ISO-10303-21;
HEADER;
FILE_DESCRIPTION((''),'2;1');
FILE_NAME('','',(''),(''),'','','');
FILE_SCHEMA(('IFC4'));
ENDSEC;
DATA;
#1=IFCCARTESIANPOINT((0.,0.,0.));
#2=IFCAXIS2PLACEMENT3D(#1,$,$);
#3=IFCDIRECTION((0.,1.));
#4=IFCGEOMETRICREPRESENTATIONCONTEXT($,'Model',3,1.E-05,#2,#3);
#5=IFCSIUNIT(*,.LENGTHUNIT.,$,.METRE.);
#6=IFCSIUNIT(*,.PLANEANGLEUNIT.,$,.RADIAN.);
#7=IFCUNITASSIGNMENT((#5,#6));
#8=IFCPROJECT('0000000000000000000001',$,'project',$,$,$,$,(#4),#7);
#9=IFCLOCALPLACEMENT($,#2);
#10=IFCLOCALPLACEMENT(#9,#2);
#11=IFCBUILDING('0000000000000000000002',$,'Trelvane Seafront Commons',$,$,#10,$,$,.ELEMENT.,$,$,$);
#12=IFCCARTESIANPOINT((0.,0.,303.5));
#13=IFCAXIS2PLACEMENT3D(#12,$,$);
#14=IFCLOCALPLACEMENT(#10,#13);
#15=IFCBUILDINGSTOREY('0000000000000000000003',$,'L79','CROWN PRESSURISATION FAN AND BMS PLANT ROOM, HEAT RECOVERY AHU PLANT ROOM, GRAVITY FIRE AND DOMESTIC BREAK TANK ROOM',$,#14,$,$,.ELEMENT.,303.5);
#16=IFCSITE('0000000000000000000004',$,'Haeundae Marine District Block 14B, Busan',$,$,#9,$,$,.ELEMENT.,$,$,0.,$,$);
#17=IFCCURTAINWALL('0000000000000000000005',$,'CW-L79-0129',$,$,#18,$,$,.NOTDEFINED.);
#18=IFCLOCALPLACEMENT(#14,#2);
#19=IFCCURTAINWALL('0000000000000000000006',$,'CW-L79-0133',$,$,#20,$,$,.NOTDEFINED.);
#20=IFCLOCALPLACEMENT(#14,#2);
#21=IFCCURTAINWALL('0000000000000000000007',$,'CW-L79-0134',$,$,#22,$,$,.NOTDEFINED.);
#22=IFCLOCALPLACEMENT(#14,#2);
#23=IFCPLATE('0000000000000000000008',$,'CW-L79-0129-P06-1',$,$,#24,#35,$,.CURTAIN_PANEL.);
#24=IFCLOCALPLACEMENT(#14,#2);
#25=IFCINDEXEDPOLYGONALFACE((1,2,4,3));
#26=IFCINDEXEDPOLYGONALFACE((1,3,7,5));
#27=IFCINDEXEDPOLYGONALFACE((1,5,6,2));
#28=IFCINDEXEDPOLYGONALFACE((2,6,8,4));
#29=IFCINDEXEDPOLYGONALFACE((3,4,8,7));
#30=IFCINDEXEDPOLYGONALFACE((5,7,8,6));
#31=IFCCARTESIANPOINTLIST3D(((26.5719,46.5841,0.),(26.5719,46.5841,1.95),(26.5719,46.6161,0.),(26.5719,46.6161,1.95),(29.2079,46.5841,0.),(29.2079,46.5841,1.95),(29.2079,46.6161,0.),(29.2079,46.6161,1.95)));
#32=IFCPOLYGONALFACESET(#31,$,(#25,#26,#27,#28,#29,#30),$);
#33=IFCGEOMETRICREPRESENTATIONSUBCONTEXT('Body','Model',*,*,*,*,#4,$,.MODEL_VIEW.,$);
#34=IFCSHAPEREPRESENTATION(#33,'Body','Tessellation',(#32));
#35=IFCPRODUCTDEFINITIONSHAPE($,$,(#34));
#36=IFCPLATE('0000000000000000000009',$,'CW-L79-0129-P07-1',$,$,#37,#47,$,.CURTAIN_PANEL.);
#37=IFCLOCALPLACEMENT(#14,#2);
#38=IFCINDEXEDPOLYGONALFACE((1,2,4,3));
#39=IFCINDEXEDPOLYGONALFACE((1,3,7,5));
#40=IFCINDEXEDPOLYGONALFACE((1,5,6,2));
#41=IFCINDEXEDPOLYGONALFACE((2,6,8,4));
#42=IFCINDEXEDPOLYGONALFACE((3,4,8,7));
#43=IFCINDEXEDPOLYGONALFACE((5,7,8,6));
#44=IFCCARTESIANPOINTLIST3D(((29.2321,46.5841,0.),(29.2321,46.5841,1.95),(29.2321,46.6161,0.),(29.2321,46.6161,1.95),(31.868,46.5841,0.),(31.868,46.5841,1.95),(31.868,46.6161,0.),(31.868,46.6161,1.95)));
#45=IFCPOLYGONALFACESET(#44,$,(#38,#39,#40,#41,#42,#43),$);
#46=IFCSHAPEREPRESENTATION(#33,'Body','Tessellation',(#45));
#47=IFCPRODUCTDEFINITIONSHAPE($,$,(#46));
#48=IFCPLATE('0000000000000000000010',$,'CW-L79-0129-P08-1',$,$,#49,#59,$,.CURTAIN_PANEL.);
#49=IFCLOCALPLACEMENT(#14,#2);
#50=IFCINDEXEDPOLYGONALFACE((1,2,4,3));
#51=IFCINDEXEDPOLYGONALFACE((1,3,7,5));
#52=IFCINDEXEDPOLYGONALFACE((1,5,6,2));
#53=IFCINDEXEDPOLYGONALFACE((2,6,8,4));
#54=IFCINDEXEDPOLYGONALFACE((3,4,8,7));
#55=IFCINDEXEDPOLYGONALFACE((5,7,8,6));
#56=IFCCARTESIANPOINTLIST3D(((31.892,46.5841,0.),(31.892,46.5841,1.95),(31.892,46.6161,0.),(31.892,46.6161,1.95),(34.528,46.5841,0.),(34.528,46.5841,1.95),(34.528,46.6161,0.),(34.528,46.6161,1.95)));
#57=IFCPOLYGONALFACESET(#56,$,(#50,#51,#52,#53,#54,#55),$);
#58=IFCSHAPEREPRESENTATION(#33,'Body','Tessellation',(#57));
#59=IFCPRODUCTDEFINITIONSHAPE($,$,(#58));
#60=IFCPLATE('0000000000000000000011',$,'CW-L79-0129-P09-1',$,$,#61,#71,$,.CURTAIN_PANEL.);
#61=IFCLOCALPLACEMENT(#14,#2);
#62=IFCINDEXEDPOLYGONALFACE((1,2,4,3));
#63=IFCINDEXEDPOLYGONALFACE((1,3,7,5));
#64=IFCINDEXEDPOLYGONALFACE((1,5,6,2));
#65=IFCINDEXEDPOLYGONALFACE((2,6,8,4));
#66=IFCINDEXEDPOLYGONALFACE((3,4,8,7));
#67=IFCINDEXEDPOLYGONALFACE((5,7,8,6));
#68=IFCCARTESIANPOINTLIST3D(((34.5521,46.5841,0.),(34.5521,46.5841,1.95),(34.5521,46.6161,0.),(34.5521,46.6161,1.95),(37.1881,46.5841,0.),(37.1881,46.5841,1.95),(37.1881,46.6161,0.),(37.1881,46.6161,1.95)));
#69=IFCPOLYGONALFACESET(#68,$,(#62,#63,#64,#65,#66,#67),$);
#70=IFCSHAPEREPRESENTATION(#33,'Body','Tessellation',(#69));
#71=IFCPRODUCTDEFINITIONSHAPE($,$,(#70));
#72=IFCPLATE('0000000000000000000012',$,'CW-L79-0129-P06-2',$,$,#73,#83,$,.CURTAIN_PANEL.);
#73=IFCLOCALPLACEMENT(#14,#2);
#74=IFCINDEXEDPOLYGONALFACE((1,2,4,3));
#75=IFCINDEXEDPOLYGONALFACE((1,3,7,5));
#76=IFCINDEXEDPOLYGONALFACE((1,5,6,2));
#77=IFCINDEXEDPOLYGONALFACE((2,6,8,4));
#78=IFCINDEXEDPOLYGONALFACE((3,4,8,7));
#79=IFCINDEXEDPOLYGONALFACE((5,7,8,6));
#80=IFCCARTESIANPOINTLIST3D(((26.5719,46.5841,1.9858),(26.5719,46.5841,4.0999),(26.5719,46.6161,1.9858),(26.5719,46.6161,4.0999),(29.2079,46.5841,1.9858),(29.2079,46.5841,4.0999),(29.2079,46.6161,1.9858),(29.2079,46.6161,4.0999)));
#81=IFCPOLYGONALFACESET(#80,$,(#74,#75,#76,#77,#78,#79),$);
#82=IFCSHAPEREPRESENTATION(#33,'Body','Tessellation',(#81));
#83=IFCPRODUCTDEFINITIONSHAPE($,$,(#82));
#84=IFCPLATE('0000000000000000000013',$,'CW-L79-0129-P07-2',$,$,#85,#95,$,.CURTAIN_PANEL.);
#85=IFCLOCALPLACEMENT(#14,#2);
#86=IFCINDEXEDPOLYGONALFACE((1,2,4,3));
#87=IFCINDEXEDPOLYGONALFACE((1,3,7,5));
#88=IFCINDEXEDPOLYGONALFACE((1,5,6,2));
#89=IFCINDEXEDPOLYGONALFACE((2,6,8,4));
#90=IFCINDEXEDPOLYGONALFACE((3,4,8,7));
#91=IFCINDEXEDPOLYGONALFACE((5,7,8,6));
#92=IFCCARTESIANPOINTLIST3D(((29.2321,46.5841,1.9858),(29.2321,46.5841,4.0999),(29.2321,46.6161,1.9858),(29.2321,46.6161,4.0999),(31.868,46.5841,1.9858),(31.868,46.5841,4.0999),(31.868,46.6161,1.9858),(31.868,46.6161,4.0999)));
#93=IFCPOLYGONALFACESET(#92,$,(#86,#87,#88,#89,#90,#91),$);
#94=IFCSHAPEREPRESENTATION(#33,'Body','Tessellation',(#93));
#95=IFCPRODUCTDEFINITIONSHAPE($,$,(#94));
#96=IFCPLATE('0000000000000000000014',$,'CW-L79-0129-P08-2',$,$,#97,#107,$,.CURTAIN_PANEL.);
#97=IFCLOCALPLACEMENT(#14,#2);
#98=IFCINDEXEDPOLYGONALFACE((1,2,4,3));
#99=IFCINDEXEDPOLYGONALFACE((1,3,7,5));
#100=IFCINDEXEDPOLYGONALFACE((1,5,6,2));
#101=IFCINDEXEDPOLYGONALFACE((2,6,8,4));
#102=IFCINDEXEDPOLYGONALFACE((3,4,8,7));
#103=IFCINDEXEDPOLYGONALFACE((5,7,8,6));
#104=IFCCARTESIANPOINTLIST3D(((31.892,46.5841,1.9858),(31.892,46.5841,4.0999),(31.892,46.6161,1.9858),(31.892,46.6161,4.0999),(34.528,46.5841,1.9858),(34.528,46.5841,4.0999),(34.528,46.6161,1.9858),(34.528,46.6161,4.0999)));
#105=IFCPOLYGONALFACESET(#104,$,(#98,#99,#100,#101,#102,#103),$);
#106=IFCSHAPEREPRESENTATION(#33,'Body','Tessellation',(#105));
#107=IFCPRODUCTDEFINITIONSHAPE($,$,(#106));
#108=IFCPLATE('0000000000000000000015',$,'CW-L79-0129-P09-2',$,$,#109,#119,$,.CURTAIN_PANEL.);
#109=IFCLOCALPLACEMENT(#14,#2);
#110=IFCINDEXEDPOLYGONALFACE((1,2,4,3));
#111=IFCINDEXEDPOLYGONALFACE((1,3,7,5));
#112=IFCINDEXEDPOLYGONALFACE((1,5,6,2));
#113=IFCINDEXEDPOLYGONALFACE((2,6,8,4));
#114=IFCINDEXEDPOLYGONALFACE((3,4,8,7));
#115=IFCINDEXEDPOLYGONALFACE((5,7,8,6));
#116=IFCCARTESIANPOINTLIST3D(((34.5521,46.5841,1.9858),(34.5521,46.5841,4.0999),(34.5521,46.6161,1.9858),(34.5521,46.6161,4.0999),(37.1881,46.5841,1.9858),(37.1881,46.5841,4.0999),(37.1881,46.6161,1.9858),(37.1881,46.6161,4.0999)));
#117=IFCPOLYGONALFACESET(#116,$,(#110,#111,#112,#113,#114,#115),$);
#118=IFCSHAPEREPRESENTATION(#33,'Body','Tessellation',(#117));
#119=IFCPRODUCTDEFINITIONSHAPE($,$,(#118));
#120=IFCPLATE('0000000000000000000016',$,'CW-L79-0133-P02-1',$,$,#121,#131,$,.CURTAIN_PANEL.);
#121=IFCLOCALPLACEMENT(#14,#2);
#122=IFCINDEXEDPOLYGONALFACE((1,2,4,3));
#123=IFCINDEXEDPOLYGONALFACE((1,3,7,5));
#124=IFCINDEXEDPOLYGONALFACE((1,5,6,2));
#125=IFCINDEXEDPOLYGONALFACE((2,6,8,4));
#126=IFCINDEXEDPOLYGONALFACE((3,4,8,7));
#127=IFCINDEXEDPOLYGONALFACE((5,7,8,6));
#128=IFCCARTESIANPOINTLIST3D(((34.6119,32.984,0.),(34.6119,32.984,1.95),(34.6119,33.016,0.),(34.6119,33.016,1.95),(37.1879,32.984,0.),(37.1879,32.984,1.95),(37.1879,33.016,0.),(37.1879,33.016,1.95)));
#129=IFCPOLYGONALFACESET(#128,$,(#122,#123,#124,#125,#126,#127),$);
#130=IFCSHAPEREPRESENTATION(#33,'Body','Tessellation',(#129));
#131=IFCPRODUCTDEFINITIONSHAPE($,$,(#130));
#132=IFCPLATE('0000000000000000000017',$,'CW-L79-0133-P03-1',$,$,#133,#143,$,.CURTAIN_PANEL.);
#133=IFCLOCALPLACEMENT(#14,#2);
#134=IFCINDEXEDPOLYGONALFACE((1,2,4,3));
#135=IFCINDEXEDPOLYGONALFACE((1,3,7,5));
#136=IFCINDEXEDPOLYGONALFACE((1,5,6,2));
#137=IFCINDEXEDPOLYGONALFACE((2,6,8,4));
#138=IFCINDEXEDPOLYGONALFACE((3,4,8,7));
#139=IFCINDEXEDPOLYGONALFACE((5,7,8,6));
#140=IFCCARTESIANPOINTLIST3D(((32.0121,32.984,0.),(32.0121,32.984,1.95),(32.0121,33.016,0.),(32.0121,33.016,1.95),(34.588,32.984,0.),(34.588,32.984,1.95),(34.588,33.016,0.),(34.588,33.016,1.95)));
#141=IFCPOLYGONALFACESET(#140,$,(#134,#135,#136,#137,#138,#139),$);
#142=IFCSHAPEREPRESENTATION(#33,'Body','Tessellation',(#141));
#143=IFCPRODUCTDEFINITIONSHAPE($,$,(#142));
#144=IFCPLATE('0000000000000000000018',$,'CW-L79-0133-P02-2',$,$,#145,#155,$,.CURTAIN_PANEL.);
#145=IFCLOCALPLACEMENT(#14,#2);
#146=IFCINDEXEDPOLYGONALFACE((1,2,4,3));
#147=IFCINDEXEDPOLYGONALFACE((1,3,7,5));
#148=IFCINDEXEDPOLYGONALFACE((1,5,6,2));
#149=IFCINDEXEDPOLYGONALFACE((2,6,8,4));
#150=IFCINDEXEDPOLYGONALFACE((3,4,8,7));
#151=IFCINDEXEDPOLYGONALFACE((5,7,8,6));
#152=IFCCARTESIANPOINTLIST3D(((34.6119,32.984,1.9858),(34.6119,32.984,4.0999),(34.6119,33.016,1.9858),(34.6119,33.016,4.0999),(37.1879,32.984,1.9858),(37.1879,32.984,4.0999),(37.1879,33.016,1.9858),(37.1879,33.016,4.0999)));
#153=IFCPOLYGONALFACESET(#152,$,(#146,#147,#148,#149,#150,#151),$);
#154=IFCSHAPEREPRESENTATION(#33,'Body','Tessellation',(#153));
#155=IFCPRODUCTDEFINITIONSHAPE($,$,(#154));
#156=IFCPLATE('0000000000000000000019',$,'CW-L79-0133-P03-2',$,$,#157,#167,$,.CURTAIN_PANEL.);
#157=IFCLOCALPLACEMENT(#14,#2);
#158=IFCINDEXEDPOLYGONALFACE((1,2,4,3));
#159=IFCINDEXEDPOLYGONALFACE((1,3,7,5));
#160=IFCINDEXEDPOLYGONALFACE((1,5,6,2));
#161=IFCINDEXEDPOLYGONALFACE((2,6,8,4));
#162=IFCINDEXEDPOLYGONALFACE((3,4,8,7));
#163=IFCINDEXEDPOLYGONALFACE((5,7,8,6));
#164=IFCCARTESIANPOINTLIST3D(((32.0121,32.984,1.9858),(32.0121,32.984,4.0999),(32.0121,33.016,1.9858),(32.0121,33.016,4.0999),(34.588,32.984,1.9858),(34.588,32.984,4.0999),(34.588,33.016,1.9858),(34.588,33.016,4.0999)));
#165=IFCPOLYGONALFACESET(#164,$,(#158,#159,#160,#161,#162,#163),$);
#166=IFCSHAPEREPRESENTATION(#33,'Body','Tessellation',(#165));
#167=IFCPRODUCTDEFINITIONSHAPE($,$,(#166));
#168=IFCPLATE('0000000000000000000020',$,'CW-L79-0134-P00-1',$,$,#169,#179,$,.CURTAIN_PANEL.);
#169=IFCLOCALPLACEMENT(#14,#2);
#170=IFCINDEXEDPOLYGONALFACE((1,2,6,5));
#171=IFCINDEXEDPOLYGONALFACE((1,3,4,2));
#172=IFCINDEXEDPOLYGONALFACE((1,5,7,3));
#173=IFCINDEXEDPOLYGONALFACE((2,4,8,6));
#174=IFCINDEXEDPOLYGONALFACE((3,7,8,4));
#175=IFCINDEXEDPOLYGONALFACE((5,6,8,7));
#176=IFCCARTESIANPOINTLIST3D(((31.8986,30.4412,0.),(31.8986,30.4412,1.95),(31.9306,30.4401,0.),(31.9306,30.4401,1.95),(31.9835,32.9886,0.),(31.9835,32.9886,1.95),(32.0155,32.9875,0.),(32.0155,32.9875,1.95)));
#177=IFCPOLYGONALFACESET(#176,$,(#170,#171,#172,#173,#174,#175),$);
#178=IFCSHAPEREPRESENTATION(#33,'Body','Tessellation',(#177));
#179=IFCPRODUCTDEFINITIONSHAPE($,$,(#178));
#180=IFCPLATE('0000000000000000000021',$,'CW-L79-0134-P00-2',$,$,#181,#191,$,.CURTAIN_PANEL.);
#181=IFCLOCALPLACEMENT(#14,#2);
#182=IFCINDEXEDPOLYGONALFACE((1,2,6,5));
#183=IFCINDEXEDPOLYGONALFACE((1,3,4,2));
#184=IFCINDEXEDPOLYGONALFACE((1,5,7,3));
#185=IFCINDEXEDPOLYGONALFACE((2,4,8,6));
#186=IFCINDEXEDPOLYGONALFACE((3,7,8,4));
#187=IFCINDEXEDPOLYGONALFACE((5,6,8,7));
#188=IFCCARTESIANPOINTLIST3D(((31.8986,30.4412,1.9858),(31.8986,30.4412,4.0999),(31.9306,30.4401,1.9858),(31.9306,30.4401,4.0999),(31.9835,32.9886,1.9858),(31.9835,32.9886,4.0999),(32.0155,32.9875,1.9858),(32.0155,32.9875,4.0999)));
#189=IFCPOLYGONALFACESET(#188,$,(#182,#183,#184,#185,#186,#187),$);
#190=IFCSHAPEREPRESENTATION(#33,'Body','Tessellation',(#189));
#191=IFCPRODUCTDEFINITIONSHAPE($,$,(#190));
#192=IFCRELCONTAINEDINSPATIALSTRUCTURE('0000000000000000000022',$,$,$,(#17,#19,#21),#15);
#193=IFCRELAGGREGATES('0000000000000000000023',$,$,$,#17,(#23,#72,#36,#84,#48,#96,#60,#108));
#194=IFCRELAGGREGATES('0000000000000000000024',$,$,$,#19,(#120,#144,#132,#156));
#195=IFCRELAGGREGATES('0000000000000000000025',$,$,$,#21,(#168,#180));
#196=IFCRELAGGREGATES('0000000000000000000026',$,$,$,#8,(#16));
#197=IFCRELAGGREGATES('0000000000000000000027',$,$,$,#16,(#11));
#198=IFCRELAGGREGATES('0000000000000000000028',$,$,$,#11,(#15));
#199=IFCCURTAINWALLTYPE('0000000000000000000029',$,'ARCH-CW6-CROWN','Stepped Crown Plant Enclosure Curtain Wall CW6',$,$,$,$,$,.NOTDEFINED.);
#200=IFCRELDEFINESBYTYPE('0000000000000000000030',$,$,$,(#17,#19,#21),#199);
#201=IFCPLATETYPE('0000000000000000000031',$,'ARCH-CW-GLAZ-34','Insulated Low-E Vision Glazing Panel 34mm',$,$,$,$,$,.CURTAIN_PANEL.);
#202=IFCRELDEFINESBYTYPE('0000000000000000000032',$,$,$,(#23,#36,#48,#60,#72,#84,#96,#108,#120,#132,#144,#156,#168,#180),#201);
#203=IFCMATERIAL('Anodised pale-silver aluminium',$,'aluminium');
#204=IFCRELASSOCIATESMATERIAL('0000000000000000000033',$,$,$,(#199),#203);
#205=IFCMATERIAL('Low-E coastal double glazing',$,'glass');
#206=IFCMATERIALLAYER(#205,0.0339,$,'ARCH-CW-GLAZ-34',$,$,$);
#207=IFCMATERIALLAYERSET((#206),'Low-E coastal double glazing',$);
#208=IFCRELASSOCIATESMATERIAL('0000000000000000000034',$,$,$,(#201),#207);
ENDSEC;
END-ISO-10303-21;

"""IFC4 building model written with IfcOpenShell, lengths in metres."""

from ifc_helpers import new_model, si_unit, direction, frame, origin, origin_2d, place, context, subcontext, project, spatial, rectangle, extrude, source, transform, mapped, material, layer, layer_set, type_object, element, aggregate, save


model = new_model("IFC4")

# Units and contexts
model_context = context("Model", 3, precision=1e-05, world=origin(), true_north=direction((0.0, 1.0)))
body_context = subcontext(model_context, "Body", "Model", "MODEL_VIEW")
ifc_project = project(units=[si_unit("LENGTHUNIT", "METRE"), si_unit("PLANEANGLEUNIT", "RADIAN")], contexts=[model_context])

# Site, building, storey
site_placement = place(None, origin())
site = spatial("IfcSite", under=ifc_project, at=site_placement, Name="Haeundae Marine District Block 14B, Busan", CompositionType="ELEMENT", RefElevation=0.0)
building_placement = place(site_placement, origin())
building = spatial("IfcBuilding", under=site, at=building_placement, Name="Trelvane Seafront Commons", CompositionType="ELEMENT")
storey_placement = place(building_placement, frame((0.0, 0.0, 303.5)))
storey = spatial("IfcBuildingStorey", under=building, at=storey_placement, Name="L79", Description="CROWN PRESSURISATION FAN AND BMS PLANT ROOM, HEAT RECOVERY AHU PLANT ROOM, GRAVITY FIRE AND DOMESTIC BREAK TANK ROOM", CompositionType="ELEMENT", Elevation=303.5)

# Curtain walls
ifc_material_1 = material(Name="Anodised pale-silver aluminium", Category="aluminium")
curtain_wall_type = type_object("IfcCurtainWallType", Name="ARCH-CW6-CROWN", Description="Stepped Crown Plant Enclosure Curtain Wall CW6", PredefinedType="NOTDEFINED", material=ifc_material_1)
curtain_wall_1_placement = place(storey_placement, origin())
curtain_wall_1 = element("IfcCurtainWall", 1, at=curtain_wall_1_placement, inside=storey, type_object=curtain_wall_type, Name="CW-L79-0129", PredefinedType="NOTDEFINED")
curtain_wall_2_placement = place(storey_placement, origin())
curtain_wall_2 = element("IfcCurtainWall", 2, at=curtain_wall_2_placement, inside=storey, type_object=curtain_wall_type, Name="CW-L79-0133", PredefinedType="NOTDEFINED")
curtain_wall_3_placement = place(storey_placement, origin())
curtain_wall_3 = element("IfcCurtainWall", 3, at=curtain_wall_3_placement, inside=storey, type_object=curtain_wall_type, Name="CW-L79-0134", PredefinedType="NOTDEFINED")

# Plates
ifc_material_2 = material(Name="Low-E coastal double glazing", Category="glass")
ifc_layer_1 = layer(ifc_material_2, 0.0339, Name="ARCH-CW-GLAZ-34")
ifc_layer_set_1 = layer_set([ifc_layer_1], Name="Low-E coastal double glazing")
plate_type_1 = type_object("IfcPlateType", Name="ARCH-CW-GLAZ-34", Description="Insulated Low-E Vision Glazing Panel 34mm", PredefinedType="CURTAIN_PANEL", material=ifc_layer_set_1)
shared_shape_1 = source(origin(), body_context, "Body", "SweptSolid", [
    extrude(rectangle(XDim=2.636, YDim=0.032, at=origin_2d()), origin(), (0.0, 0.0, 1.0), 1.95),
])
plate_1_placement = place(storey_placement, frame((27.8899, 46.6001, 0.0), z_axis=(0.0, 0.0, 1.0), x_axis=(1.0, 0.0, 0.0)))
plate_1 = element("IfcPlate", 4, at=plate_1_placement, type_object=plate_type_1, Name="CW-L79-0129-P06-1", PredefinedType="CURTAIN_PANEL", context=body_context, shape_type="MappedRepresentation", body=[
    mapped(shared_shape_1, transform((0.0, 0.0, 0.0), x_axis=(1.0, 0.0, 0.0), y_axis=(0.0, 1.0, 0.0), z_axis=(0.0, 0.0, 1.0), scale=1.0)),
])
plate_2_placement = place(storey_placement, frame((30.55, 46.6001, 0.0), z_axis=(0.0, 0.0, 1.0), x_axis=(1.0, 0.0, 0.0)))
plate_2 = element("IfcPlate", 5, at=plate_2_placement, type_object=plate_type_1, Name="CW-L79-0129-P07-1", PredefinedType="CURTAIN_PANEL", context=body_context, shape_type="MappedRepresentation", body=[
    mapped(shared_shape_1, transform((0.0, 0.0, 0.0), x_axis=(1.0, 0.0, 0.0), y_axis=(0.0, 1.0, 0.0), z_axis=(0.0, 0.0, 1.0), scale=1.0)),
])
plate_3_placement = place(storey_placement, frame((33.21, 46.6001, 0.0), z_axis=(0.0, 0.0, 1.0), x_axis=(1.0, 0.0, 0.0)))
plate_3 = element("IfcPlate", 6, at=plate_3_placement, type_object=plate_type_1, Name="CW-L79-0129-P08-1", PredefinedType="CURTAIN_PANEL", context=body_context, shape_type="MappedRepresentation", body=[
    mapped(shared_shape_1, transform((0.0, 0.0, 0.0), x_axis=(1.0, 0.0, 0.0), y_axis=(0.0, 1.0, 0.0), z_axis=(0.0, 0.0, 1.0), scale=1.0)),
])
plate_4_placement = place(storey_placement, frame((35.8701, 46.6001, 0.0), z_axis=(0.0, 0.0, 1.0), x_axis=(1.0, 0.0, 0.0)))
plate_4 = element("IfcPlate", 7, at=plate_4_placement, type_object=plate_type_1, Name="CW-L79-0129-P09-1", PredefinedType="CURTAIN_PANEL", context=body_context, shape_type="MappedRepresentation", body=[
    mapped(shared_shape_1, transform((0.0, 0.0, 0.0), x_axis=(1.0, 0.0, 0.0), y_axis=(0.0, 1.0, 0.0), z_axis=(0.0, 0.0, 1.0), scale=1.0)),
])
shared_shape_2 = source(origin(), body_context, "Body", "SweptSolid", [
    extrude(rectangle(XDim=2.636, YDim=0.032, at=origin_2d()), origin(), (0.0, 0.0, 1.0), 2.114),
])
plate_5_placement = place(storey_placement, frame((27.8899, 46.6001, 1.9858), z_axis=(0.0, 0.0, 1.0), x_axis=(1.0, 0.0, 0.0)))
plate_5 = element("IfcPlate", 8, at=plate_5_placement, type_object=plate_type_1, Name="CW-L79-0129-P06-2", PredefinedType="CURTAIN_PANEL", context=body_context, shape_type="MappedRepresentation", body=[
    mapped(shared_shape_2, transform((0.0, 0.0, 0.0), x_axis=(1.0, 0.0, 0.0), y_axis=(0.0, 1.0, 0.0), z_axis=(0.0, 0.0, 1.0), scale=1.0)),
])
plate_6_placement = place(storey_placement, frame((30.55, 46.6001, 1.9858), z_axis=(0.0, 0.0, 1.0), x_axis=(1.0, 0.0, 0.0)))
plate_6 = element("IfcPlate", 9, at=plate_6_placement, type_object=plate_type_1, Name="CW-L79-0129-P07-2", PredefinedType="CURTAIN_PANEL", context=body_context, shape_type="MappedRepresentation", body=[
    mapped(shared_shape_2, transform((0.0, 0.0, 0.0), x_axis=(1.0, 0.0, 0.0), y_axis=(0.0, 1.0, 0.0), z_axis=(0.0, 0.0, 1.0), scale=1.0)),
])
plate_7_placement = place(storey_placement, frame((33.21, 46.6001, 1.9858), z_axis=(0.0, 0.0, 1.0), x_axis=(1.0, 0.0, 0.0)))
plate_7 = element("IfcPlate", 10, at=plate_7_placement, type_object=plate_type_1, Name="CW-L79-0129-P08-2", PredefinedType="CURTAIN_PANEL", context=body_context, shape_type="MappedRepresentation", body=[
    mapped(shared_shape_2, transform((0.0, 0.0, 0.0), x_axis=(1.0, 0.0, 0.0), y_axis=(0.0, 1.0, 0.0), z_axis=(0.0, 0.0, 1.0), scale=1.0)),
])
plate_8_placement = place(storey_placement, frame((35.8701, 46.6001, 1.9858), z_axis=(0.0, 0.0, 1.0), x_axis=(1.0, 0.0, 0.0)))
plate_8 = element("IfcPlate", 11, at=plate_8_placement, type_object=plate_type_1, Name="CW-L79-0129-P09-2", PredefinedType="CURTAIN_PANEL", context=body_context, shape_type="MappedRepresentation", body=[
    mapped(shared_shape_2, transform((0.0, 0.0, 0.0), x_axis=(1.0, 0.0, 0.0), y_axis=(0.0, 1.0, 0.0), z_axis=(0.0, 0.0, 1.0), scale=1.0)),
])
aggregate(curtain_wall_1, [plate_1, plate_5, plate_2, plate_6, plate_3, plate_7, plate_4, plate_8])
shared_shape_3 = source(origin(), body_context, "Body", "SweptSolid", [
    extrude(rectangle(XDim=2.5759, YDim=0.032, at=origin_2d()), origin(), (0.0, 0.0, 1.0), 1.95),
])
plate_9_placement = place(storey_placement, frame((35.8999, 33.0, 0.0), z_axis=(0.0, 0.0, 1.0), x_axis=(-1.0, 0.0, 0.0)))
plate_9 = element("IfcPlate", 12, at=plate_9_placement, type_object=plate_type_1, Name="CW-L79-0133-P02-1", PredefinedType="CURTAIN_PANEL", context=body_context, shape_type="MappedRepresentation", body=[
    mapped(shared_shape_3, transform((0.0, 0.0, 0.0), x_axis=(1.0, 0.0, 0.0), y_axis=(0.0, 1.0, 0.0), z_axis=(0.0, 0.0, 1.0), scale=1.0)),
])
plate_10_placement = place(storey_placement, frame((33.3, 33.0, 0.0), z_axis=(0.0, 0.0, 1.0), x_axis=(-1.0, 0.0, 0.0)))
plate_10 = element("IfcPlate", 13, at=plate_10_placement, type_object=plate_type_1, Name="CW-L79-0133-P03-1", PredefinedType="CURTAIN_PANEL", context=body_context, shape_type="MappedRepresentation", body=[
    mapped(shared_shape_3, transform((0.0, 0.0, 0.0), x_axis=(1.0, 0.0, 0.0), y_axis=(0.0, 1.0, 0.0), z_axis=(0.0, 0.0, 1.0), scale=1.0)),
])
shared_shape_4 = source(origin(), body_context, "Body", "SweptSolid", [
    extrude(rectangle(XDim=2.5759, YDim=0.032, at=origin_2d()), origin(), (0.0, 0.0, 1.0), 2.114),
])
plate_11_placement = place(storey_placement, frame((35.8999, 33.0, 1.9858), z_axis=(0.0, 0.0, 1.0), x_axis=(-1.0, 0.0, 0.0)))
plate_11 = element("IfcPlate", 14, at=plate_11_placement, type_object=plate_type_1, Name="CW-L79-0133-P02-2", PredefinedType="CURTAIN_PANEL", context=body_context, shape_type="MappedRepresentation", body=[
    mapped(shared_shape_4, transform((0.0, 0.0, 0.0), x_axis=(1.0, 0.0, 0.0), y_axis=(0.0, 1.0, 0.0), z_axis=(0.0, 0.0, 1.0), scale=1.0)),
])
plate_12_placement = place(storey_placement, frame((33.3, 33.0, 1.9858), z_axis=(0.0, 0.0, 1.0), x_axis=(-1.0, 0.0, 0.0)))
plate_12 = element("IfcPlate", 15, at=plate_12_placement, type_object=plate_type_1, Name="CW-L79-0133-P03-2", PredefinedType="CURTAIN_PANEL", context=body_context, shape_type="MappedRepresentation", body=[
    mapped(shared_shape_4, transform((0.0, 0.0, 0.0), x_axis=(1.0, 0.0, 0.0), y_axis=(0.0, 1.0, 0.0), z_axis=(0.0, 0.0, 1.0), scale=1.0)),
])
aggregate(curtain_wall_2, [plate_9, plate_11, plate_10, plate_12])
shared_shape_5 = source(origin(), body_context, "Body", "SweptSolid", [
    extrude(rectangle(XDim=2.5488, YDim=0.032, at=origin_2d()), origin(), (0.0, 0.0, 1.0), 1.95),
])
plate_13_placement = place(storey_placement, frame((31.957, 31.7144, 0.0), z_axis=(0.0, 0.0, 1.0), x_axis=(-0.03331, -0.999445, 0.0)))
plate_13 = element("IfcPlate", 16, at=plate_13_placement, type_object=plate_type_1, Name="CW-L79-0134-P00-1", PredefinedType="CURTAIN_PANEL", context=body_context, shape_type="MappedRepresentation", body=[
    mapped(shared_shape_5, transform((0.0, 0.0, 0.0), x_axis=(1.0, 0.0, 0.0), y_axis=(0.0, 1.0, 0.0), z_axis=(0.0, 0.0, 1.0), scale=1.0)),
])
shared_shape_6 = source(origin(), body_context, "Body", "SweptSolid", [
    extrude(rectangle(XDim=2.5488, YDim=0.032, at=origin_2d()), origin(), (0.0, 0.0, 1.0), 2.114),
])
plate_14_placement = place(storey_placement, frame((31.957, 31.7144, 1.9858), z_axis=(0.0, 0.0, 1.0), x_axis=(-0.03331, -0.999445, 0.0)))
plate_14 = element("IfcPlate", 17, at=plate_14_placement, type_object=plate_type_1, Name="CW-L79-0134-P00-2", PredefinedType="CURTAIN_PANEL", context=body_context, shape_type="MappedRepresentation", body=[
    mapped(shared_shape_6, transform((0.0, 0.0, 0.0), x_axis=(1.0, 0.0, 0.0), y_axis=(0.0, 1.0, 0.0), z_axis=(0.0, 0.0, 1.0), scale=1.0)),
])
aggregate(curtain_wall_3, [plate_13, plate_14])

save(model, "model.ifc")
